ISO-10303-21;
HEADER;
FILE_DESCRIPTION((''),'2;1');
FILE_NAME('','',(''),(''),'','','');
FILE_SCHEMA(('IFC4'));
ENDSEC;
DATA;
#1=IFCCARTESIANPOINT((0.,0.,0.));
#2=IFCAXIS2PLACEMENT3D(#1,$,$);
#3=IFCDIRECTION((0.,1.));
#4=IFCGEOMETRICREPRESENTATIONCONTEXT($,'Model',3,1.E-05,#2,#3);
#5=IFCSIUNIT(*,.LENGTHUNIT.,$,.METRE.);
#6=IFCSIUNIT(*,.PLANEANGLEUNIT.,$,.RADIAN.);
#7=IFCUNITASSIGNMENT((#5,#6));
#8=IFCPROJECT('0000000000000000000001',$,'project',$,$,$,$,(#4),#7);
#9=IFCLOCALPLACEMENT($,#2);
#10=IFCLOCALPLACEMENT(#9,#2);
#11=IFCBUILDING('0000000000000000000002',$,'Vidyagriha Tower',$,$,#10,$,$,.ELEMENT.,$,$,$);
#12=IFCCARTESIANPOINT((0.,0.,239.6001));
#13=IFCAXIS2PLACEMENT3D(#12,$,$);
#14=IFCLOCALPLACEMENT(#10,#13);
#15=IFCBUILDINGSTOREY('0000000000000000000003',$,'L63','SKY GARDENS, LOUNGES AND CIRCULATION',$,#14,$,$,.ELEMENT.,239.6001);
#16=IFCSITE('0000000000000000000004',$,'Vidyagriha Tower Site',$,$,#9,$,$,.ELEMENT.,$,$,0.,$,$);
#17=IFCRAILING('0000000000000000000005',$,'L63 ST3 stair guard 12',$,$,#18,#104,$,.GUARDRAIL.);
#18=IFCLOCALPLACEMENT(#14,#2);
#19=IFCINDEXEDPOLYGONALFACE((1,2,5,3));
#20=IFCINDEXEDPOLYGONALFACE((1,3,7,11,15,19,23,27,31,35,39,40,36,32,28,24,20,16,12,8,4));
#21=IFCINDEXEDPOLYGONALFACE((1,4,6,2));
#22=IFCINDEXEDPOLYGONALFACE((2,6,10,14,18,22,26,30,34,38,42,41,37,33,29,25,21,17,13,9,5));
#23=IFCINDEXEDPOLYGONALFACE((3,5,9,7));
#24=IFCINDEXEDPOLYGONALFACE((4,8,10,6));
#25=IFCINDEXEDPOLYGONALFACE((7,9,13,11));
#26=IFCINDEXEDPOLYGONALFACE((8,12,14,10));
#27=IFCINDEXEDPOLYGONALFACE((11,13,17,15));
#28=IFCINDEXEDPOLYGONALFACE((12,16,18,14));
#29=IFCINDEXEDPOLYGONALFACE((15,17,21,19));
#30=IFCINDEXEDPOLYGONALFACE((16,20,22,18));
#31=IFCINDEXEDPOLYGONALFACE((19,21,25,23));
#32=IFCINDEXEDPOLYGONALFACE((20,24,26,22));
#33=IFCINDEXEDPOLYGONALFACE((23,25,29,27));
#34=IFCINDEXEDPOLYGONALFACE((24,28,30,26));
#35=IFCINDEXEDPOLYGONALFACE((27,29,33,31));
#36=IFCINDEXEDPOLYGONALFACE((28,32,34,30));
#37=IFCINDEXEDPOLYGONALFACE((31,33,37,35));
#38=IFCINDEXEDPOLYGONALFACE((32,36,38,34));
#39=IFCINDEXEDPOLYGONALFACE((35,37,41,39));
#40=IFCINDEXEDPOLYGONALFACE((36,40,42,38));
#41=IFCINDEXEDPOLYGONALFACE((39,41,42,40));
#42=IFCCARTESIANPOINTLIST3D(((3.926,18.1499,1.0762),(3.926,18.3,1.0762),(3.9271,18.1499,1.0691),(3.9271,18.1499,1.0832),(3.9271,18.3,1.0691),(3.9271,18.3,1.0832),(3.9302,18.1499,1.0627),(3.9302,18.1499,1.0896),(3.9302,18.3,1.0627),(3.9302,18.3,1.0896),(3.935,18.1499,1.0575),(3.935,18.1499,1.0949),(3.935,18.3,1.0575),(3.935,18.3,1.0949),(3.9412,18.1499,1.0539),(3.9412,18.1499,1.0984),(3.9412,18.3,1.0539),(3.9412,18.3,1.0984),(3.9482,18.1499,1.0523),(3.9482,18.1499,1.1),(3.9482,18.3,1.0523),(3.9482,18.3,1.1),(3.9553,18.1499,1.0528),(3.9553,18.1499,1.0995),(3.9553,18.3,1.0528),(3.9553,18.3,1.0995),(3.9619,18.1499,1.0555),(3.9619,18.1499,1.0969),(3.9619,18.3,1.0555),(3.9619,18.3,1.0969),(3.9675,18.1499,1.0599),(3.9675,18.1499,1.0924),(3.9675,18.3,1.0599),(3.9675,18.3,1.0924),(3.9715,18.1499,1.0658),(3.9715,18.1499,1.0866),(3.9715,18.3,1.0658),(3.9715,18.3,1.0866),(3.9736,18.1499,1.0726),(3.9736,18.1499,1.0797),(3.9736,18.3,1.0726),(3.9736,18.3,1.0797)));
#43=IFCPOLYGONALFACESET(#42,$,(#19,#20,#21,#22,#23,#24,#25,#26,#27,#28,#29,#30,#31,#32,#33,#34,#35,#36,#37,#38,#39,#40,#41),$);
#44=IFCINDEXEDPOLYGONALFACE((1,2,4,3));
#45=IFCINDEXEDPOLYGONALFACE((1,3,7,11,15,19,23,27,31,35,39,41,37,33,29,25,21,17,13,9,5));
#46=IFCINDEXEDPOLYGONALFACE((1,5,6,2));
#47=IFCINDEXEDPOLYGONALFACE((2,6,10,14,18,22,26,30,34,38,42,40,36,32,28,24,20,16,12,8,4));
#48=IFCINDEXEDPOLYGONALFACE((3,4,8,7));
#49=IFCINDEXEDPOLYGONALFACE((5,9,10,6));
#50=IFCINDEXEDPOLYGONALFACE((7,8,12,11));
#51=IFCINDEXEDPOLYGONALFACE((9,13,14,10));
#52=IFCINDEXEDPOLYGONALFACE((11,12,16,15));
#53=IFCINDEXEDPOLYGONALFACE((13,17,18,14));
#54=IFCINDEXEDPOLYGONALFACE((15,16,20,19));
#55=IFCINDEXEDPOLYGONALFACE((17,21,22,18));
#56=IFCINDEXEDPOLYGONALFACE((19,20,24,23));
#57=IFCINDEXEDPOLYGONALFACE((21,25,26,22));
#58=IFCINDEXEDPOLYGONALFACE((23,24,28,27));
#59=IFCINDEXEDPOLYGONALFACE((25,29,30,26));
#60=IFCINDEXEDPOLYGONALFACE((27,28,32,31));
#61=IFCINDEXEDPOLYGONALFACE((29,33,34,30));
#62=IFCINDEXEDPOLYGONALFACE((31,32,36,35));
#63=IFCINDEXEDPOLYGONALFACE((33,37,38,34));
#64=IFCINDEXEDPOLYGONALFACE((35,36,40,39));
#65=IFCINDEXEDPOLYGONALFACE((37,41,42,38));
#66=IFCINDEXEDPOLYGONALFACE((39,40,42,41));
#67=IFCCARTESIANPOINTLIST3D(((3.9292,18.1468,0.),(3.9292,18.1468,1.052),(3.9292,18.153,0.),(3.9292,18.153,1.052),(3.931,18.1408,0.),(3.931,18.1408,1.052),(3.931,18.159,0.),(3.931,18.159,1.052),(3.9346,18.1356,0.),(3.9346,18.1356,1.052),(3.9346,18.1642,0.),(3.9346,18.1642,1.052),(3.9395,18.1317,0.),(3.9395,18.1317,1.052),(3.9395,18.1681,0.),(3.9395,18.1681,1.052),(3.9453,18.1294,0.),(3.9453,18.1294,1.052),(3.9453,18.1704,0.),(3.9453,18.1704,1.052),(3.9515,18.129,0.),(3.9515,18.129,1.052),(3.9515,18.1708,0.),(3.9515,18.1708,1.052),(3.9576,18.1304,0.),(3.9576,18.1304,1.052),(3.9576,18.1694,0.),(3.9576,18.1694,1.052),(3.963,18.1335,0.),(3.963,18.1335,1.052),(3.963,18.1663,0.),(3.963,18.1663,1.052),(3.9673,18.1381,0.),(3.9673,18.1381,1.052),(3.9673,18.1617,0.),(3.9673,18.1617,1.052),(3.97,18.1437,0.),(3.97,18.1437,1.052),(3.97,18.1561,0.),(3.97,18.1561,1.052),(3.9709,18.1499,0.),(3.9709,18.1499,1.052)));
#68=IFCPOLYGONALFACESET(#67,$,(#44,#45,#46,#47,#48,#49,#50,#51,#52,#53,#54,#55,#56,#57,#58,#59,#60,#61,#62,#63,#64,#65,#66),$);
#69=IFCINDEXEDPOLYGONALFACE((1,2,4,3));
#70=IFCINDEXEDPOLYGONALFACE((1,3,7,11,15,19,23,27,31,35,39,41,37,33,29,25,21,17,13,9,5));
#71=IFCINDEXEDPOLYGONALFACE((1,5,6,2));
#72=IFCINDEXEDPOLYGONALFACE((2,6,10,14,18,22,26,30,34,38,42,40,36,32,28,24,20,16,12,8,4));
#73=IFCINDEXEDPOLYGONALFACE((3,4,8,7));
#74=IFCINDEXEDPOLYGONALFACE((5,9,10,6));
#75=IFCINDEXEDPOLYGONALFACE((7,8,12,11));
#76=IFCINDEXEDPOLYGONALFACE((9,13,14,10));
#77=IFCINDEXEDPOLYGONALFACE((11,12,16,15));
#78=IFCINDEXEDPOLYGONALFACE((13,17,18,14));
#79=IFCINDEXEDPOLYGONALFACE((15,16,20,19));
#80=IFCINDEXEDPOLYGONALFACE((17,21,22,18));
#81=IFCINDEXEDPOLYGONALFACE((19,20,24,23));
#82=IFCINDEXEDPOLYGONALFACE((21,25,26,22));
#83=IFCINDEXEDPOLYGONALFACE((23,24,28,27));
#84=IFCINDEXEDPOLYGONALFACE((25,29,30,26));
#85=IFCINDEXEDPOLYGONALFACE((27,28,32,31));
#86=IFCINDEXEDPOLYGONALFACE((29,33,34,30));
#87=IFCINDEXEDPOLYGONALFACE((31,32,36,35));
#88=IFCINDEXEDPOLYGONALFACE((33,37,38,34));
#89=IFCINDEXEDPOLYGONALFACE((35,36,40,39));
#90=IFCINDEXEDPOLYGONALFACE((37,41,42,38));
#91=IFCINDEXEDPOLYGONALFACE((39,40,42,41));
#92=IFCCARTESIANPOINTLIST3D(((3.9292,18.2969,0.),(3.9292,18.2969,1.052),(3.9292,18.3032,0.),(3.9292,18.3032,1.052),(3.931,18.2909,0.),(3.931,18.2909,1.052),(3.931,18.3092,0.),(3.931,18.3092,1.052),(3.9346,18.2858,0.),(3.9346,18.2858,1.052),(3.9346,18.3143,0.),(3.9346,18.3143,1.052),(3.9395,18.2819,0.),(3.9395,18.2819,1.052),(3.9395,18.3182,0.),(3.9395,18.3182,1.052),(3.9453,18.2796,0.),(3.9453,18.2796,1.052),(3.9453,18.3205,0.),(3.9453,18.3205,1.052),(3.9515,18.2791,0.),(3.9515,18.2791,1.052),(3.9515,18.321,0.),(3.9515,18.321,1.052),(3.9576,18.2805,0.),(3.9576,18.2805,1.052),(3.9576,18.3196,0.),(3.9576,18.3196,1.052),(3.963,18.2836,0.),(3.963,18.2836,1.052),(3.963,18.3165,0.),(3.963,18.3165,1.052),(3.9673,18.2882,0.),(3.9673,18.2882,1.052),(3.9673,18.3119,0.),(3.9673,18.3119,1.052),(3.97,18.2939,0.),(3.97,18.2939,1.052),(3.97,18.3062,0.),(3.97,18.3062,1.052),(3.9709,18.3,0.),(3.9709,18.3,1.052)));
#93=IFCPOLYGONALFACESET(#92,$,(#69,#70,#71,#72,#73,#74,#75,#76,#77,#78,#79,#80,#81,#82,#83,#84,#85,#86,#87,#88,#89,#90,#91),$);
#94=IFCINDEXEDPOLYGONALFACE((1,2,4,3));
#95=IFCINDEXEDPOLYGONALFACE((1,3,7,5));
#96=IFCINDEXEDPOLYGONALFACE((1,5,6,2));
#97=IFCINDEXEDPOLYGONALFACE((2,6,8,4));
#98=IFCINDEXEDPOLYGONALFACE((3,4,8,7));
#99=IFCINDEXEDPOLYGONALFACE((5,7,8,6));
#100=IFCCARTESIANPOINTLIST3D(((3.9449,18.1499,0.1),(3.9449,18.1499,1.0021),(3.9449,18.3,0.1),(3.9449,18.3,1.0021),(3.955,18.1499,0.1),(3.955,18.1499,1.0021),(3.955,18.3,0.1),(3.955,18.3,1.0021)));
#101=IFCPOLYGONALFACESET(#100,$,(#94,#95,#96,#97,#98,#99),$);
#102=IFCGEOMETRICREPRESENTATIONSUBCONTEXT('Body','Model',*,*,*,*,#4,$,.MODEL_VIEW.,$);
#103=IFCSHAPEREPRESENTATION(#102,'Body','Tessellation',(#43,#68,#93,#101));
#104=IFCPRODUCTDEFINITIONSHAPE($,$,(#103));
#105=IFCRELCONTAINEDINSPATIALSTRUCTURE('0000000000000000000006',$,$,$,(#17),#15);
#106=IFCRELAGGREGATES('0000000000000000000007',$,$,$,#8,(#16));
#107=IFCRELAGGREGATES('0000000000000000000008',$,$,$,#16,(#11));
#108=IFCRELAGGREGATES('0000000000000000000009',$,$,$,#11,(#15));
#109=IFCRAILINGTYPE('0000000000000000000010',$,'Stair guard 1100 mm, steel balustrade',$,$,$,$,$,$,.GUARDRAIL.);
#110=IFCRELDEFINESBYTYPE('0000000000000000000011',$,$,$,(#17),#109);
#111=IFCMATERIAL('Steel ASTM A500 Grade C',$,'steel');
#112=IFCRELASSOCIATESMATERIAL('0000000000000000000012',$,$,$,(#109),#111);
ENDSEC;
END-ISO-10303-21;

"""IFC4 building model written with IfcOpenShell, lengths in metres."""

from ifc_helpers import new_model, si_unit, direction, frame, origin, origin_2d, place, context, subcontext, project, spatial, rectangle, circle, extrude, material, type_object, element, save


model = new_model("IFC4")

# Units and contexts
model_context = context("Model", 3, precision=1e-05, world=origin(), true_north=direction((0.0, 1.0)))
body_context = subcontext(model_context, "Body", "Model", "MODEL_VIEW")
ifc_project = project(units=[si_unit("LENGTHUNIT", "METRE"), si_unit("PLANEANGLEUNIT", "RADIAN")], contexts=[model_context])

# Site, building, storey
site_placement = place(None, origin())
site = spatial("IfcSite", under=ifc_project, at=site_placement, Name="Vidyagriha Tower Site", CompositionType="ELEMENT", RefElevation=0.0)
building_placement = place(site_placement, origin())
building = spatial("IfcBuilding", under=site, at=building_placement, Name="Vidyagriha Tower", CompositionType="ELEMENT")
storey_placement = place(building_placement, frame((0.0, 0.0, 239.6001)))
storey = spatial("IfcBuildingStorey", under=building, at=storey_placement, Name="L63", Description="SKY GARDENS, LOUNGES AND CIRCULATION", CompositionType="ELEMENT", Elevation=239.6001)

# Railing
ifc_material_1 = material(Name="Steel ASTM A500 Grade C", Category="steel")
railing_type_1 = type_object("IfcRailingType", Name="Stair guard 1100 mm, steel balustrade", PredefinedType="GUARDRAIL", material=ifc_material_1)
for number, where, name in (
    (1, (3.95, 18.1499, 0.0), "L63 ST3 stair guard 12"),
):
    element("IfcRailing", number, at=place(storey_placement, frame(where)), inside=storey, type_object=railing_type_1, Name=name, PredefinedType="GUARDRAIL", context=body_context, shape_type="SweptSolid", body=[
        extrude(circle(Radius=0.0239, at=origin_2d()), frame((0.0, 0.0, 1.0762), z_axis=(0.0, 1.0, 0.0), x_axis=(-1.0, 0.0, 0.0)), (0.0, 0.0, 1.0), 0.1501),
        extrude(circle(Radius=0.021, at=origin_2d()), origin(), (0.0, 0.0, 1.0), 1.052),
        extrude(circle(Radius=0.021, at=origin_2d()), frame((0.0, 0.1501, 0.0)), (0.0, 0.0, 1.0), 1.052),
        extrude(rectangle(XDim=0.01, YDim=0.9021, at=origin_2d()), frame((0.0, 0.0, 0.551), z_axis=(0.0, 1.0, 0.0), x_axis=(-1.0, 0.0, 0.0)), (0.0, 0.0, 1.0), 0.1501),
    ])

save(model, "model.ifc")
